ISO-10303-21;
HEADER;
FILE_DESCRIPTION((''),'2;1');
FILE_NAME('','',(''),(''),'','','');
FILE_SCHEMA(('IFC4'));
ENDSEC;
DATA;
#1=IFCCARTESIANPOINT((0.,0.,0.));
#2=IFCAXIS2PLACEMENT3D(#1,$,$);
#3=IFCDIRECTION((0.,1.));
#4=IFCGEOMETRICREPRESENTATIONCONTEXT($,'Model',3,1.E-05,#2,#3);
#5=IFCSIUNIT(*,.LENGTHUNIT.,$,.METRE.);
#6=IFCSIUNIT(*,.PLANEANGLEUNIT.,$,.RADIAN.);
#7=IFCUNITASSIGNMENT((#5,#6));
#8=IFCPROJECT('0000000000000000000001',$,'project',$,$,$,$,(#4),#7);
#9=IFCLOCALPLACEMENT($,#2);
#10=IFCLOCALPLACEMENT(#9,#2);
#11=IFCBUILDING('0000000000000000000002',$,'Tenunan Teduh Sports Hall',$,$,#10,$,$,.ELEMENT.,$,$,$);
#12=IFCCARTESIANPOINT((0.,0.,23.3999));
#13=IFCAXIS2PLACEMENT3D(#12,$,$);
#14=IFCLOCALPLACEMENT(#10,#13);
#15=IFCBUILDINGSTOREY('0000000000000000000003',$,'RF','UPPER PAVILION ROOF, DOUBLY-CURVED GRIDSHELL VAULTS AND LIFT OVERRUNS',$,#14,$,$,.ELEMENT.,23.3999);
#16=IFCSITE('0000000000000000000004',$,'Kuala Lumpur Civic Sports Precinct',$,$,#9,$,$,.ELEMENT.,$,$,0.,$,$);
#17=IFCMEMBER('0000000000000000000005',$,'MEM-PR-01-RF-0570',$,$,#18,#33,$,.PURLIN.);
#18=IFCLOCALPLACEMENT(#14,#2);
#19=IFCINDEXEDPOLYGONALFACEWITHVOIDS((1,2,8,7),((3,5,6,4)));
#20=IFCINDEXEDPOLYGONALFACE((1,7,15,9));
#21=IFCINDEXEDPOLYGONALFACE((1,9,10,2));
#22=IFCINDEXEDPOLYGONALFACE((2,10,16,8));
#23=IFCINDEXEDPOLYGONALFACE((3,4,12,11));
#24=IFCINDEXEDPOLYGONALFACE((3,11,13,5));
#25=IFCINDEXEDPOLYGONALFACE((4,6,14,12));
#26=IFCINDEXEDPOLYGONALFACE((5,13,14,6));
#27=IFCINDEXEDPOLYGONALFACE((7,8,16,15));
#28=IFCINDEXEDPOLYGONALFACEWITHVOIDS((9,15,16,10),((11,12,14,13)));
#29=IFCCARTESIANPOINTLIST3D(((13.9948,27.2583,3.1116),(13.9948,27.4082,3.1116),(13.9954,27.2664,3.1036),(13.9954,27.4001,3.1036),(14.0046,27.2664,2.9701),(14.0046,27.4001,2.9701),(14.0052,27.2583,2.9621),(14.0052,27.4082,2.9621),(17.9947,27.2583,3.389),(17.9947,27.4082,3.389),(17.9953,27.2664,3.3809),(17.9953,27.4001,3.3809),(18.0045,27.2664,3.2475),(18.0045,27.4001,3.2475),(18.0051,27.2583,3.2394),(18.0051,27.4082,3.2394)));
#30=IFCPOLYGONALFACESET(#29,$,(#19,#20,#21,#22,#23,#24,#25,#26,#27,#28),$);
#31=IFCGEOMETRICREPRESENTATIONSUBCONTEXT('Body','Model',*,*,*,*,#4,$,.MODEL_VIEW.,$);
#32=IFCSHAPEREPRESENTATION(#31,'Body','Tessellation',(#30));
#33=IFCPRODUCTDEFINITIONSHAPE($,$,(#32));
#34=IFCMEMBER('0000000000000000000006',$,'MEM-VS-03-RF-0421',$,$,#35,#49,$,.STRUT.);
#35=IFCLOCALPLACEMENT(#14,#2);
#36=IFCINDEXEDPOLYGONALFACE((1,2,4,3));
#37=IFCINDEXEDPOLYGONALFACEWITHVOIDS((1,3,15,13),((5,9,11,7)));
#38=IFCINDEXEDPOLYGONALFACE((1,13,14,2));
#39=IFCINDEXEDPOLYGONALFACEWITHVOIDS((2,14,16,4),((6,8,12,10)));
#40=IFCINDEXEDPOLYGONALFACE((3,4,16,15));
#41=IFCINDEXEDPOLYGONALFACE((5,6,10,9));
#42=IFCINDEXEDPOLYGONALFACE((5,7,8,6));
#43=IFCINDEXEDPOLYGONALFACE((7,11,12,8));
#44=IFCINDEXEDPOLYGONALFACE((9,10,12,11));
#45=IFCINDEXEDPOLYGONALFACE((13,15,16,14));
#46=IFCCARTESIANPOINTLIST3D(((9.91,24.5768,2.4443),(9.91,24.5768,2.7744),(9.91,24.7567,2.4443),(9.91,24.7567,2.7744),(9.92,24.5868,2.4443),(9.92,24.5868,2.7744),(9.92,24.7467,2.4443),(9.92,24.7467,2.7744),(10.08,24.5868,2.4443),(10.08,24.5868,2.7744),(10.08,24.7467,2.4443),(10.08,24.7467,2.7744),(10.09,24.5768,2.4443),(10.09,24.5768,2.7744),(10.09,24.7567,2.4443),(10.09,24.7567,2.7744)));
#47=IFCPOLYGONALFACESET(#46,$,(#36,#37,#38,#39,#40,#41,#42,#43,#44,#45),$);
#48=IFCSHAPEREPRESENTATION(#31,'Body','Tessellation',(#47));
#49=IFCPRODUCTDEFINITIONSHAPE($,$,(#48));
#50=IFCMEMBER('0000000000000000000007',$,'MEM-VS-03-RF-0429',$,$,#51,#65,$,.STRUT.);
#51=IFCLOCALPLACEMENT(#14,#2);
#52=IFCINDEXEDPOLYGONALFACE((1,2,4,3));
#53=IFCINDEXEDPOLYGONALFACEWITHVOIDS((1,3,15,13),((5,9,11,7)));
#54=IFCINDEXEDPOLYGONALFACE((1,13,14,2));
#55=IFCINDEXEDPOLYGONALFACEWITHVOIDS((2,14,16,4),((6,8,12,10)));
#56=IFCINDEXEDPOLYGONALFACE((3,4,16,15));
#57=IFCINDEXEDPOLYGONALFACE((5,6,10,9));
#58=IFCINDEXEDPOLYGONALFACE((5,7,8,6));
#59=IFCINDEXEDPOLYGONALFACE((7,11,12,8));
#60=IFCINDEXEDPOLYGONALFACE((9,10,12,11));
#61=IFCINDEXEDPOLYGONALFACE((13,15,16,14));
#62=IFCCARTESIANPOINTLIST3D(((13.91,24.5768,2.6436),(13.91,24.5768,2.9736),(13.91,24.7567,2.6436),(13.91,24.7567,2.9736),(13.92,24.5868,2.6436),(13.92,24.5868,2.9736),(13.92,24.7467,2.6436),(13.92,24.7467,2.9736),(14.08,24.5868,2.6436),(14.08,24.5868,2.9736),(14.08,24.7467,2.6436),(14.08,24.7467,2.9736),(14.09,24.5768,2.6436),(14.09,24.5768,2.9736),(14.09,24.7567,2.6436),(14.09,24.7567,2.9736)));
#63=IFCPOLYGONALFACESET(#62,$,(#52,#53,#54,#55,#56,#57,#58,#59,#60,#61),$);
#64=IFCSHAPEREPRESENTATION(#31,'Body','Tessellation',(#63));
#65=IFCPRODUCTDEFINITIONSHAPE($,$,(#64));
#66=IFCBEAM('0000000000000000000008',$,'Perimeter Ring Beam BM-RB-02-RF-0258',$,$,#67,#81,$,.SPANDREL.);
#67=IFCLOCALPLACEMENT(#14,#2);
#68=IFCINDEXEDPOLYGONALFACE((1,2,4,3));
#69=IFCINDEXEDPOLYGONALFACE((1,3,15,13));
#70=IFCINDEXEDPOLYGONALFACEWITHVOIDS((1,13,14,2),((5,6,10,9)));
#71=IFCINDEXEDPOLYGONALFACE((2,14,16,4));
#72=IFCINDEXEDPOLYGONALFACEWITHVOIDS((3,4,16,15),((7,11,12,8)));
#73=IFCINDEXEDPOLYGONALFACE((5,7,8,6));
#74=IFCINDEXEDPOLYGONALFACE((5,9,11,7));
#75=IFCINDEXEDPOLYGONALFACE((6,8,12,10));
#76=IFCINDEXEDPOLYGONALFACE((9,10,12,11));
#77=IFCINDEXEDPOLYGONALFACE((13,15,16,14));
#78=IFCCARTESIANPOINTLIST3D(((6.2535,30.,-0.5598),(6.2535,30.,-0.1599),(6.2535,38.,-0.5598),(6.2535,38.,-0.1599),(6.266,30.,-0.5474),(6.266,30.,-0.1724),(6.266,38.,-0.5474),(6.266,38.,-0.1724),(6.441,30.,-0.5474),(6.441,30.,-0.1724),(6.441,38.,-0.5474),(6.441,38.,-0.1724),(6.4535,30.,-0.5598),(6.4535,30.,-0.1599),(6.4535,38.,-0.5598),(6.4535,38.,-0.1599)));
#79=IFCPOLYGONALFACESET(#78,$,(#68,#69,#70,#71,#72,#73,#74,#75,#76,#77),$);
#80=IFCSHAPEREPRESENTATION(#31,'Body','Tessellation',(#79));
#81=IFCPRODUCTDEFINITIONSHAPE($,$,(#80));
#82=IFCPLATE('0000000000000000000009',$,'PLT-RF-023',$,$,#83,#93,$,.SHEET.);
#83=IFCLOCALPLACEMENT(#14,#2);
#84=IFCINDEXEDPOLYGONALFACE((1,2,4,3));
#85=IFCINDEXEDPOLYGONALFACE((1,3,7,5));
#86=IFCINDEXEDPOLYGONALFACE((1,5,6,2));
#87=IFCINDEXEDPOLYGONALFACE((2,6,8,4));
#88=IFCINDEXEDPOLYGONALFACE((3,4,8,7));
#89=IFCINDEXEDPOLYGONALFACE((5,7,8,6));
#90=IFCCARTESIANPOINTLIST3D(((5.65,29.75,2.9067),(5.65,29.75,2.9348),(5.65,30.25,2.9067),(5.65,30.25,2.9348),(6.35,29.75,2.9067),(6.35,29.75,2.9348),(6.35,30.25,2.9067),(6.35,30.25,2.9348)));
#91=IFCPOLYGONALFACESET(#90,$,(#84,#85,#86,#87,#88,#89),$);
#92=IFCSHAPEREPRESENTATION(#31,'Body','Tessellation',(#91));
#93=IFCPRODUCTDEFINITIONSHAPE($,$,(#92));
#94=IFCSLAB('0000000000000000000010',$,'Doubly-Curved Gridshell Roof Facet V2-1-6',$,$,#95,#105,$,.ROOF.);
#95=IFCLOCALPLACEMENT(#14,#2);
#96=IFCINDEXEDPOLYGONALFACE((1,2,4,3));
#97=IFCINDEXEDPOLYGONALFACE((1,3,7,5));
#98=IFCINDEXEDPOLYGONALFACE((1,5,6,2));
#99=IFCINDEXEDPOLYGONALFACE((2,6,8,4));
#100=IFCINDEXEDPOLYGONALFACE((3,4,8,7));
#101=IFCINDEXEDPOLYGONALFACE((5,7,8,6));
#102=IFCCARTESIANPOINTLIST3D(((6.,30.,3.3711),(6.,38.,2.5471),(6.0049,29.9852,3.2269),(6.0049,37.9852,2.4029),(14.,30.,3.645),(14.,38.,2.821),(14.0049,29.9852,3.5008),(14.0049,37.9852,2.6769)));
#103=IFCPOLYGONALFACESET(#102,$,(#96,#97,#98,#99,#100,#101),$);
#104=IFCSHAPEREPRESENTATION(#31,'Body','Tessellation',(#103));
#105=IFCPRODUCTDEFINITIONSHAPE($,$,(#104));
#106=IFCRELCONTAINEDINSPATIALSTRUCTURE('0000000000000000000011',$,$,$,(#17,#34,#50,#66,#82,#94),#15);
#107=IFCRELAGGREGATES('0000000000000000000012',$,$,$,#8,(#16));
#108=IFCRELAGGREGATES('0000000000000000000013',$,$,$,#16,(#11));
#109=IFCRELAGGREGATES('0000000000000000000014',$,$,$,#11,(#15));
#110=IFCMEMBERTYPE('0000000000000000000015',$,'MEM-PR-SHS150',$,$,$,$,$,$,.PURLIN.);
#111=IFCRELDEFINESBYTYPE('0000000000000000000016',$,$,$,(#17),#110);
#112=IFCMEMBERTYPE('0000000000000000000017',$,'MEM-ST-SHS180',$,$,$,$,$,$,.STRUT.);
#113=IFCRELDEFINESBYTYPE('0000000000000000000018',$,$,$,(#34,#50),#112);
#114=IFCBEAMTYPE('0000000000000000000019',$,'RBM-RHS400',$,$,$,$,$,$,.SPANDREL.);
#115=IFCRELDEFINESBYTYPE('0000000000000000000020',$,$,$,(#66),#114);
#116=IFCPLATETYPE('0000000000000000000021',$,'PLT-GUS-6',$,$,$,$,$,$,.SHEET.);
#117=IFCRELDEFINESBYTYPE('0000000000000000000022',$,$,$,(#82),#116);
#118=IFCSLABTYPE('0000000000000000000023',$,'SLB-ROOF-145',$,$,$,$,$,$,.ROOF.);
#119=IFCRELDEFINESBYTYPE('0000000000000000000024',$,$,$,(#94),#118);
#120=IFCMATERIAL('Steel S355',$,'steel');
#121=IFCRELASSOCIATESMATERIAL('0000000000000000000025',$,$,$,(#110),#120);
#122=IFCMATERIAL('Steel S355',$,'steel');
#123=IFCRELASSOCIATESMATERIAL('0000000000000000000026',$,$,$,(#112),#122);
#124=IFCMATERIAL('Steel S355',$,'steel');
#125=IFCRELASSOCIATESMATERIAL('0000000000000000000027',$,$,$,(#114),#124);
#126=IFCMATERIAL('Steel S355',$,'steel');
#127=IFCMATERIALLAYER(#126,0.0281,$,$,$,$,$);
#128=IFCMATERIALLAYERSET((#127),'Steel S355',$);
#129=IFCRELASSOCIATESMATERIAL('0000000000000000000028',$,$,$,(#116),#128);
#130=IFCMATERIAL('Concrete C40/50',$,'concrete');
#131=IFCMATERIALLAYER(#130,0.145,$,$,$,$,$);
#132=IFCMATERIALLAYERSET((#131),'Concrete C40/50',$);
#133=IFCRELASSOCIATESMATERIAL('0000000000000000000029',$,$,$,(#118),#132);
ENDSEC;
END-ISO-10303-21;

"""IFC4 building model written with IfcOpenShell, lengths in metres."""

from ifc_helpers import new_model, si_unit, direction, frame, origin, origin_2d, place, context, subcontext, project, spatial, polyline, rectangle, hollow_rectangle, outline, extrude, material, layer, layer_set, material_profile, profile_set, type_object, element, save


model = new_model("IFC4")

# Units and contexts
model_context = context("Model", 3, precision=1e-05, world=origin(), true_north=direction((0.0, 1.0)))
body_context = subcontext(model_context, "Body", "Model", "MODEL_VIEW")
ifc_project = project(units=[si_unit("LENGTHUNIT", "METRE"), si_unit("PLANEANGLEUNIT", "RADIAN")], contexts=[model_context])

# Site, building, storey
site_placement = place(None, origin())
site = spatial("IfcSite", under=ifc_project, at=site_placement, Name="Kuala Lumpur Civic Sports Precinct", CompositionType="ELEMENT", RefElevation=0.0)
building_placement = place(site_placement, origin())
building = spatial("IfcBuilding", under=site, at=building_placement, Name="Tenunan Teduh Sports Hall", CompositionType="ELEMENT")
storey_placement = place(building_placement, frame((0.0, 0.0, 23.3999)))
storey = spatial("IfcBuildingStorey", under=building, at=storey_placement, Name="RF", Description="UPPER PAVILION ROOF, DOUBLY-CURVED GRIDSHELL VAULTS AND LIFT OVERRUNS", CompositionType="ELEMENT", Elevation=23.3999)

# Members
ifc_material_1 = material(Name="Steel S355", Category="steel")
ifc_material_profile_1 = material_profile(ifc_material_1, hollow_rectangle(XDim=0.1499, YDim=0.1499, WallThickness=0.0081, at=origin_2d()), Name="SHS 150x150x8.0")
ifc_profile_set_1 = profile_set([ifc_material_profile_1], Name="Steel S355")
member_type_1 = type_object("IfcMemberType", Name="MEM-PR-SHS150", PredefinedType="PURLIN", material=ifc_profile_set_1)
member_1_placement = place(storey_placement, frame((14.0, 27.3333, 3.0369), z_axis=(0.997605, 0.0, 0.06917), x_axis=(0.0, 1.0, 0.0)))
element("IfcMember", 1, at=member_1_placement, inside=storey, type_object=member_type_1, Name="MEM-PR-01-RF-0570", PredefinedType="PURLIN", context=body_context, shape_type="SweptSolid", body=[
    extrude(hollow_rectangle(XDim=0.1499, YDim=0.1499, WallThickness=0.0081, at=origin_2d()), origin(), (0.0, 0.0, 1.0), 4.0095),
])
ifc_material_2 = material(Name="Steel S355", Category="steel")
ifc_material_profile_2 = material_profile(ifc_material_2, hollow_rectangle(XDim=0.1799, YDim=0.1799, WallThickness=0.01, at=origin_2d()), Name="SHS 180x180x10.0")
ifc_profile_set_2 = profile_set([ifc_material_profile_2], Name="Steel S355")
member_type_2 = type_object("IfcMemberType", Name="MEM-ST-SHS180", PredefinedType="STRUT", material=ifc_profile_set_2)
for number, where, z_axis, x_axis, name in (
    (2, (10.0, 24.6667, 2.4443), (0.0, 0.0, 1.0), (1.0, 0.0, 0.0), "MEM-VS-03-RF-0421"),
    (3, (14.0, 24.6667, 2.6436), (0.0, 0.0, 1.0), (1.0, 0.0, 0.0), "MEM-VS-03-RF-0429"),
):
    element("IfcMember", number, at=place(storey_placement, frame(where, z_axis=z_axis, x_axis=x_axis)), inside=storey, type_object=member_type_2, Name=name, PredefinedType="STRUT", context=body_context, shape_type="SweptSolid", body=[
        extrude(hollow_rectangle(XDim=0.1799, YDim=0.1799, WallThickness=0.01, at=origin_2d()), origin(), (0.0, 0.0, 1.0), 0.3301),
    ])

# Beam
ifc_material_3 = material(Name="Steel S355", Category="steel")
ifc_material_profile_3 = material_profile(ifc_material_3, hollow_rectangle(XDim=0.2, YDim=0.3999, WallThickness=0.0125, at=origin_2d()), Name="RHS 400x200x12.5")
ifc_profile_set_3 = profile_set([ifc_material_profile_3], Name="Steel S355")
beam_type_1 = type_object("IfcBeamType", Name="RBM-RHS400", PredefinedType="SPANDREL", material=ifc_profile_set_3)
beam_1_placement = place(storey_placement, frame((6.3535, 30.0, -0.3599), z_axis=(0.0, 1.0, 0.0), x_axis=(-1.0, 0.0, 0.0)))
element("IfcBeam", 4, at=beam_1_placement, inside=storey, type_object=beam_type_1, Name="Perimeter Ring Beam BM-RB-02-RF-0258", PredefinedType="SPANDREL", context=body_context, shape_type="SweptSolid", body=[
    extrude(hollow_rectangle(XDim=0.2, YDim=0.3999, WallThickness=0.0125, at=origin_2d()), origin(), (0.0, 0.0, 1.0), 8.0),
])

# Plate
ifc_material_4 = material(Name="Steel S355", Category="steel")
ifc_layer_1 = layer(ifc_material_4, 0.0281)
ifc_layer_set_1 = layer_set([ifc_layer_1], Name="Steel S355")
plate_type = type_object("IfcPlateType", Name="PLT-GUS-6", PredefinedType="SHEET", material=ifc_layer_set_1)
plate_placement = place(storey_placement, frame((6.0, 30.0, 2.9067), z_axis=(0.0, 0.0, 1.0), x_axis=(1.0, 0.0, 0.0)))
element("IfcPlate", 5, at=plate_placement, inside=storey, type_object=plate_type, Name="PLT-RF-023", PredefinedType="SHEET", context=body_context, shape_type="SweptSolid", body=[
    extrude(rectangle(XDim=0.7, YDim=0.5, at=origin_2d()), origin(), (0.0, 0.0, 1.0), 0.0281),
])

# Slab
ifc_material_5 = material(Name="Concrete C40/50", Category="concrete")
ifc_layer_2 = layer(ifc_material_5, 0.145)
ifc_layer_set_2 = layer_set([ifc_layer_2], Name="Concrete C40/50")
slab_type = type_object("IfcSlabType", Name="SLB-ROOF-145", PredefinedType="ROOF", material=ifc_layer_set_2)
slab_placement = place(storey_placement, frame((6.0, 30.0, 3.3711), z_axis=(-0.034041, 0.102395, 0.994161), x_axis=(0.999414, 0.0, 0.034221)))
element("IfcSlab", 6, at=slab_placement, inside=storey, type_object=slab_type, Name="Doubly-Curved Gridshell Roof Facet V2-1-6", PredefinedType="ROOF", context=body_context, shape_type="SweptSolid", body=[
    extrude(outline(polyline([(0.0, 0.0), (8.0047, 0.0), (7.9765, 8.0423), (-0.0282, 8.0423), (0.0, 0.0)])), origin(), (0.0, 0.0, -1.0), 0.145),
])

save(model, "model.ifc")
